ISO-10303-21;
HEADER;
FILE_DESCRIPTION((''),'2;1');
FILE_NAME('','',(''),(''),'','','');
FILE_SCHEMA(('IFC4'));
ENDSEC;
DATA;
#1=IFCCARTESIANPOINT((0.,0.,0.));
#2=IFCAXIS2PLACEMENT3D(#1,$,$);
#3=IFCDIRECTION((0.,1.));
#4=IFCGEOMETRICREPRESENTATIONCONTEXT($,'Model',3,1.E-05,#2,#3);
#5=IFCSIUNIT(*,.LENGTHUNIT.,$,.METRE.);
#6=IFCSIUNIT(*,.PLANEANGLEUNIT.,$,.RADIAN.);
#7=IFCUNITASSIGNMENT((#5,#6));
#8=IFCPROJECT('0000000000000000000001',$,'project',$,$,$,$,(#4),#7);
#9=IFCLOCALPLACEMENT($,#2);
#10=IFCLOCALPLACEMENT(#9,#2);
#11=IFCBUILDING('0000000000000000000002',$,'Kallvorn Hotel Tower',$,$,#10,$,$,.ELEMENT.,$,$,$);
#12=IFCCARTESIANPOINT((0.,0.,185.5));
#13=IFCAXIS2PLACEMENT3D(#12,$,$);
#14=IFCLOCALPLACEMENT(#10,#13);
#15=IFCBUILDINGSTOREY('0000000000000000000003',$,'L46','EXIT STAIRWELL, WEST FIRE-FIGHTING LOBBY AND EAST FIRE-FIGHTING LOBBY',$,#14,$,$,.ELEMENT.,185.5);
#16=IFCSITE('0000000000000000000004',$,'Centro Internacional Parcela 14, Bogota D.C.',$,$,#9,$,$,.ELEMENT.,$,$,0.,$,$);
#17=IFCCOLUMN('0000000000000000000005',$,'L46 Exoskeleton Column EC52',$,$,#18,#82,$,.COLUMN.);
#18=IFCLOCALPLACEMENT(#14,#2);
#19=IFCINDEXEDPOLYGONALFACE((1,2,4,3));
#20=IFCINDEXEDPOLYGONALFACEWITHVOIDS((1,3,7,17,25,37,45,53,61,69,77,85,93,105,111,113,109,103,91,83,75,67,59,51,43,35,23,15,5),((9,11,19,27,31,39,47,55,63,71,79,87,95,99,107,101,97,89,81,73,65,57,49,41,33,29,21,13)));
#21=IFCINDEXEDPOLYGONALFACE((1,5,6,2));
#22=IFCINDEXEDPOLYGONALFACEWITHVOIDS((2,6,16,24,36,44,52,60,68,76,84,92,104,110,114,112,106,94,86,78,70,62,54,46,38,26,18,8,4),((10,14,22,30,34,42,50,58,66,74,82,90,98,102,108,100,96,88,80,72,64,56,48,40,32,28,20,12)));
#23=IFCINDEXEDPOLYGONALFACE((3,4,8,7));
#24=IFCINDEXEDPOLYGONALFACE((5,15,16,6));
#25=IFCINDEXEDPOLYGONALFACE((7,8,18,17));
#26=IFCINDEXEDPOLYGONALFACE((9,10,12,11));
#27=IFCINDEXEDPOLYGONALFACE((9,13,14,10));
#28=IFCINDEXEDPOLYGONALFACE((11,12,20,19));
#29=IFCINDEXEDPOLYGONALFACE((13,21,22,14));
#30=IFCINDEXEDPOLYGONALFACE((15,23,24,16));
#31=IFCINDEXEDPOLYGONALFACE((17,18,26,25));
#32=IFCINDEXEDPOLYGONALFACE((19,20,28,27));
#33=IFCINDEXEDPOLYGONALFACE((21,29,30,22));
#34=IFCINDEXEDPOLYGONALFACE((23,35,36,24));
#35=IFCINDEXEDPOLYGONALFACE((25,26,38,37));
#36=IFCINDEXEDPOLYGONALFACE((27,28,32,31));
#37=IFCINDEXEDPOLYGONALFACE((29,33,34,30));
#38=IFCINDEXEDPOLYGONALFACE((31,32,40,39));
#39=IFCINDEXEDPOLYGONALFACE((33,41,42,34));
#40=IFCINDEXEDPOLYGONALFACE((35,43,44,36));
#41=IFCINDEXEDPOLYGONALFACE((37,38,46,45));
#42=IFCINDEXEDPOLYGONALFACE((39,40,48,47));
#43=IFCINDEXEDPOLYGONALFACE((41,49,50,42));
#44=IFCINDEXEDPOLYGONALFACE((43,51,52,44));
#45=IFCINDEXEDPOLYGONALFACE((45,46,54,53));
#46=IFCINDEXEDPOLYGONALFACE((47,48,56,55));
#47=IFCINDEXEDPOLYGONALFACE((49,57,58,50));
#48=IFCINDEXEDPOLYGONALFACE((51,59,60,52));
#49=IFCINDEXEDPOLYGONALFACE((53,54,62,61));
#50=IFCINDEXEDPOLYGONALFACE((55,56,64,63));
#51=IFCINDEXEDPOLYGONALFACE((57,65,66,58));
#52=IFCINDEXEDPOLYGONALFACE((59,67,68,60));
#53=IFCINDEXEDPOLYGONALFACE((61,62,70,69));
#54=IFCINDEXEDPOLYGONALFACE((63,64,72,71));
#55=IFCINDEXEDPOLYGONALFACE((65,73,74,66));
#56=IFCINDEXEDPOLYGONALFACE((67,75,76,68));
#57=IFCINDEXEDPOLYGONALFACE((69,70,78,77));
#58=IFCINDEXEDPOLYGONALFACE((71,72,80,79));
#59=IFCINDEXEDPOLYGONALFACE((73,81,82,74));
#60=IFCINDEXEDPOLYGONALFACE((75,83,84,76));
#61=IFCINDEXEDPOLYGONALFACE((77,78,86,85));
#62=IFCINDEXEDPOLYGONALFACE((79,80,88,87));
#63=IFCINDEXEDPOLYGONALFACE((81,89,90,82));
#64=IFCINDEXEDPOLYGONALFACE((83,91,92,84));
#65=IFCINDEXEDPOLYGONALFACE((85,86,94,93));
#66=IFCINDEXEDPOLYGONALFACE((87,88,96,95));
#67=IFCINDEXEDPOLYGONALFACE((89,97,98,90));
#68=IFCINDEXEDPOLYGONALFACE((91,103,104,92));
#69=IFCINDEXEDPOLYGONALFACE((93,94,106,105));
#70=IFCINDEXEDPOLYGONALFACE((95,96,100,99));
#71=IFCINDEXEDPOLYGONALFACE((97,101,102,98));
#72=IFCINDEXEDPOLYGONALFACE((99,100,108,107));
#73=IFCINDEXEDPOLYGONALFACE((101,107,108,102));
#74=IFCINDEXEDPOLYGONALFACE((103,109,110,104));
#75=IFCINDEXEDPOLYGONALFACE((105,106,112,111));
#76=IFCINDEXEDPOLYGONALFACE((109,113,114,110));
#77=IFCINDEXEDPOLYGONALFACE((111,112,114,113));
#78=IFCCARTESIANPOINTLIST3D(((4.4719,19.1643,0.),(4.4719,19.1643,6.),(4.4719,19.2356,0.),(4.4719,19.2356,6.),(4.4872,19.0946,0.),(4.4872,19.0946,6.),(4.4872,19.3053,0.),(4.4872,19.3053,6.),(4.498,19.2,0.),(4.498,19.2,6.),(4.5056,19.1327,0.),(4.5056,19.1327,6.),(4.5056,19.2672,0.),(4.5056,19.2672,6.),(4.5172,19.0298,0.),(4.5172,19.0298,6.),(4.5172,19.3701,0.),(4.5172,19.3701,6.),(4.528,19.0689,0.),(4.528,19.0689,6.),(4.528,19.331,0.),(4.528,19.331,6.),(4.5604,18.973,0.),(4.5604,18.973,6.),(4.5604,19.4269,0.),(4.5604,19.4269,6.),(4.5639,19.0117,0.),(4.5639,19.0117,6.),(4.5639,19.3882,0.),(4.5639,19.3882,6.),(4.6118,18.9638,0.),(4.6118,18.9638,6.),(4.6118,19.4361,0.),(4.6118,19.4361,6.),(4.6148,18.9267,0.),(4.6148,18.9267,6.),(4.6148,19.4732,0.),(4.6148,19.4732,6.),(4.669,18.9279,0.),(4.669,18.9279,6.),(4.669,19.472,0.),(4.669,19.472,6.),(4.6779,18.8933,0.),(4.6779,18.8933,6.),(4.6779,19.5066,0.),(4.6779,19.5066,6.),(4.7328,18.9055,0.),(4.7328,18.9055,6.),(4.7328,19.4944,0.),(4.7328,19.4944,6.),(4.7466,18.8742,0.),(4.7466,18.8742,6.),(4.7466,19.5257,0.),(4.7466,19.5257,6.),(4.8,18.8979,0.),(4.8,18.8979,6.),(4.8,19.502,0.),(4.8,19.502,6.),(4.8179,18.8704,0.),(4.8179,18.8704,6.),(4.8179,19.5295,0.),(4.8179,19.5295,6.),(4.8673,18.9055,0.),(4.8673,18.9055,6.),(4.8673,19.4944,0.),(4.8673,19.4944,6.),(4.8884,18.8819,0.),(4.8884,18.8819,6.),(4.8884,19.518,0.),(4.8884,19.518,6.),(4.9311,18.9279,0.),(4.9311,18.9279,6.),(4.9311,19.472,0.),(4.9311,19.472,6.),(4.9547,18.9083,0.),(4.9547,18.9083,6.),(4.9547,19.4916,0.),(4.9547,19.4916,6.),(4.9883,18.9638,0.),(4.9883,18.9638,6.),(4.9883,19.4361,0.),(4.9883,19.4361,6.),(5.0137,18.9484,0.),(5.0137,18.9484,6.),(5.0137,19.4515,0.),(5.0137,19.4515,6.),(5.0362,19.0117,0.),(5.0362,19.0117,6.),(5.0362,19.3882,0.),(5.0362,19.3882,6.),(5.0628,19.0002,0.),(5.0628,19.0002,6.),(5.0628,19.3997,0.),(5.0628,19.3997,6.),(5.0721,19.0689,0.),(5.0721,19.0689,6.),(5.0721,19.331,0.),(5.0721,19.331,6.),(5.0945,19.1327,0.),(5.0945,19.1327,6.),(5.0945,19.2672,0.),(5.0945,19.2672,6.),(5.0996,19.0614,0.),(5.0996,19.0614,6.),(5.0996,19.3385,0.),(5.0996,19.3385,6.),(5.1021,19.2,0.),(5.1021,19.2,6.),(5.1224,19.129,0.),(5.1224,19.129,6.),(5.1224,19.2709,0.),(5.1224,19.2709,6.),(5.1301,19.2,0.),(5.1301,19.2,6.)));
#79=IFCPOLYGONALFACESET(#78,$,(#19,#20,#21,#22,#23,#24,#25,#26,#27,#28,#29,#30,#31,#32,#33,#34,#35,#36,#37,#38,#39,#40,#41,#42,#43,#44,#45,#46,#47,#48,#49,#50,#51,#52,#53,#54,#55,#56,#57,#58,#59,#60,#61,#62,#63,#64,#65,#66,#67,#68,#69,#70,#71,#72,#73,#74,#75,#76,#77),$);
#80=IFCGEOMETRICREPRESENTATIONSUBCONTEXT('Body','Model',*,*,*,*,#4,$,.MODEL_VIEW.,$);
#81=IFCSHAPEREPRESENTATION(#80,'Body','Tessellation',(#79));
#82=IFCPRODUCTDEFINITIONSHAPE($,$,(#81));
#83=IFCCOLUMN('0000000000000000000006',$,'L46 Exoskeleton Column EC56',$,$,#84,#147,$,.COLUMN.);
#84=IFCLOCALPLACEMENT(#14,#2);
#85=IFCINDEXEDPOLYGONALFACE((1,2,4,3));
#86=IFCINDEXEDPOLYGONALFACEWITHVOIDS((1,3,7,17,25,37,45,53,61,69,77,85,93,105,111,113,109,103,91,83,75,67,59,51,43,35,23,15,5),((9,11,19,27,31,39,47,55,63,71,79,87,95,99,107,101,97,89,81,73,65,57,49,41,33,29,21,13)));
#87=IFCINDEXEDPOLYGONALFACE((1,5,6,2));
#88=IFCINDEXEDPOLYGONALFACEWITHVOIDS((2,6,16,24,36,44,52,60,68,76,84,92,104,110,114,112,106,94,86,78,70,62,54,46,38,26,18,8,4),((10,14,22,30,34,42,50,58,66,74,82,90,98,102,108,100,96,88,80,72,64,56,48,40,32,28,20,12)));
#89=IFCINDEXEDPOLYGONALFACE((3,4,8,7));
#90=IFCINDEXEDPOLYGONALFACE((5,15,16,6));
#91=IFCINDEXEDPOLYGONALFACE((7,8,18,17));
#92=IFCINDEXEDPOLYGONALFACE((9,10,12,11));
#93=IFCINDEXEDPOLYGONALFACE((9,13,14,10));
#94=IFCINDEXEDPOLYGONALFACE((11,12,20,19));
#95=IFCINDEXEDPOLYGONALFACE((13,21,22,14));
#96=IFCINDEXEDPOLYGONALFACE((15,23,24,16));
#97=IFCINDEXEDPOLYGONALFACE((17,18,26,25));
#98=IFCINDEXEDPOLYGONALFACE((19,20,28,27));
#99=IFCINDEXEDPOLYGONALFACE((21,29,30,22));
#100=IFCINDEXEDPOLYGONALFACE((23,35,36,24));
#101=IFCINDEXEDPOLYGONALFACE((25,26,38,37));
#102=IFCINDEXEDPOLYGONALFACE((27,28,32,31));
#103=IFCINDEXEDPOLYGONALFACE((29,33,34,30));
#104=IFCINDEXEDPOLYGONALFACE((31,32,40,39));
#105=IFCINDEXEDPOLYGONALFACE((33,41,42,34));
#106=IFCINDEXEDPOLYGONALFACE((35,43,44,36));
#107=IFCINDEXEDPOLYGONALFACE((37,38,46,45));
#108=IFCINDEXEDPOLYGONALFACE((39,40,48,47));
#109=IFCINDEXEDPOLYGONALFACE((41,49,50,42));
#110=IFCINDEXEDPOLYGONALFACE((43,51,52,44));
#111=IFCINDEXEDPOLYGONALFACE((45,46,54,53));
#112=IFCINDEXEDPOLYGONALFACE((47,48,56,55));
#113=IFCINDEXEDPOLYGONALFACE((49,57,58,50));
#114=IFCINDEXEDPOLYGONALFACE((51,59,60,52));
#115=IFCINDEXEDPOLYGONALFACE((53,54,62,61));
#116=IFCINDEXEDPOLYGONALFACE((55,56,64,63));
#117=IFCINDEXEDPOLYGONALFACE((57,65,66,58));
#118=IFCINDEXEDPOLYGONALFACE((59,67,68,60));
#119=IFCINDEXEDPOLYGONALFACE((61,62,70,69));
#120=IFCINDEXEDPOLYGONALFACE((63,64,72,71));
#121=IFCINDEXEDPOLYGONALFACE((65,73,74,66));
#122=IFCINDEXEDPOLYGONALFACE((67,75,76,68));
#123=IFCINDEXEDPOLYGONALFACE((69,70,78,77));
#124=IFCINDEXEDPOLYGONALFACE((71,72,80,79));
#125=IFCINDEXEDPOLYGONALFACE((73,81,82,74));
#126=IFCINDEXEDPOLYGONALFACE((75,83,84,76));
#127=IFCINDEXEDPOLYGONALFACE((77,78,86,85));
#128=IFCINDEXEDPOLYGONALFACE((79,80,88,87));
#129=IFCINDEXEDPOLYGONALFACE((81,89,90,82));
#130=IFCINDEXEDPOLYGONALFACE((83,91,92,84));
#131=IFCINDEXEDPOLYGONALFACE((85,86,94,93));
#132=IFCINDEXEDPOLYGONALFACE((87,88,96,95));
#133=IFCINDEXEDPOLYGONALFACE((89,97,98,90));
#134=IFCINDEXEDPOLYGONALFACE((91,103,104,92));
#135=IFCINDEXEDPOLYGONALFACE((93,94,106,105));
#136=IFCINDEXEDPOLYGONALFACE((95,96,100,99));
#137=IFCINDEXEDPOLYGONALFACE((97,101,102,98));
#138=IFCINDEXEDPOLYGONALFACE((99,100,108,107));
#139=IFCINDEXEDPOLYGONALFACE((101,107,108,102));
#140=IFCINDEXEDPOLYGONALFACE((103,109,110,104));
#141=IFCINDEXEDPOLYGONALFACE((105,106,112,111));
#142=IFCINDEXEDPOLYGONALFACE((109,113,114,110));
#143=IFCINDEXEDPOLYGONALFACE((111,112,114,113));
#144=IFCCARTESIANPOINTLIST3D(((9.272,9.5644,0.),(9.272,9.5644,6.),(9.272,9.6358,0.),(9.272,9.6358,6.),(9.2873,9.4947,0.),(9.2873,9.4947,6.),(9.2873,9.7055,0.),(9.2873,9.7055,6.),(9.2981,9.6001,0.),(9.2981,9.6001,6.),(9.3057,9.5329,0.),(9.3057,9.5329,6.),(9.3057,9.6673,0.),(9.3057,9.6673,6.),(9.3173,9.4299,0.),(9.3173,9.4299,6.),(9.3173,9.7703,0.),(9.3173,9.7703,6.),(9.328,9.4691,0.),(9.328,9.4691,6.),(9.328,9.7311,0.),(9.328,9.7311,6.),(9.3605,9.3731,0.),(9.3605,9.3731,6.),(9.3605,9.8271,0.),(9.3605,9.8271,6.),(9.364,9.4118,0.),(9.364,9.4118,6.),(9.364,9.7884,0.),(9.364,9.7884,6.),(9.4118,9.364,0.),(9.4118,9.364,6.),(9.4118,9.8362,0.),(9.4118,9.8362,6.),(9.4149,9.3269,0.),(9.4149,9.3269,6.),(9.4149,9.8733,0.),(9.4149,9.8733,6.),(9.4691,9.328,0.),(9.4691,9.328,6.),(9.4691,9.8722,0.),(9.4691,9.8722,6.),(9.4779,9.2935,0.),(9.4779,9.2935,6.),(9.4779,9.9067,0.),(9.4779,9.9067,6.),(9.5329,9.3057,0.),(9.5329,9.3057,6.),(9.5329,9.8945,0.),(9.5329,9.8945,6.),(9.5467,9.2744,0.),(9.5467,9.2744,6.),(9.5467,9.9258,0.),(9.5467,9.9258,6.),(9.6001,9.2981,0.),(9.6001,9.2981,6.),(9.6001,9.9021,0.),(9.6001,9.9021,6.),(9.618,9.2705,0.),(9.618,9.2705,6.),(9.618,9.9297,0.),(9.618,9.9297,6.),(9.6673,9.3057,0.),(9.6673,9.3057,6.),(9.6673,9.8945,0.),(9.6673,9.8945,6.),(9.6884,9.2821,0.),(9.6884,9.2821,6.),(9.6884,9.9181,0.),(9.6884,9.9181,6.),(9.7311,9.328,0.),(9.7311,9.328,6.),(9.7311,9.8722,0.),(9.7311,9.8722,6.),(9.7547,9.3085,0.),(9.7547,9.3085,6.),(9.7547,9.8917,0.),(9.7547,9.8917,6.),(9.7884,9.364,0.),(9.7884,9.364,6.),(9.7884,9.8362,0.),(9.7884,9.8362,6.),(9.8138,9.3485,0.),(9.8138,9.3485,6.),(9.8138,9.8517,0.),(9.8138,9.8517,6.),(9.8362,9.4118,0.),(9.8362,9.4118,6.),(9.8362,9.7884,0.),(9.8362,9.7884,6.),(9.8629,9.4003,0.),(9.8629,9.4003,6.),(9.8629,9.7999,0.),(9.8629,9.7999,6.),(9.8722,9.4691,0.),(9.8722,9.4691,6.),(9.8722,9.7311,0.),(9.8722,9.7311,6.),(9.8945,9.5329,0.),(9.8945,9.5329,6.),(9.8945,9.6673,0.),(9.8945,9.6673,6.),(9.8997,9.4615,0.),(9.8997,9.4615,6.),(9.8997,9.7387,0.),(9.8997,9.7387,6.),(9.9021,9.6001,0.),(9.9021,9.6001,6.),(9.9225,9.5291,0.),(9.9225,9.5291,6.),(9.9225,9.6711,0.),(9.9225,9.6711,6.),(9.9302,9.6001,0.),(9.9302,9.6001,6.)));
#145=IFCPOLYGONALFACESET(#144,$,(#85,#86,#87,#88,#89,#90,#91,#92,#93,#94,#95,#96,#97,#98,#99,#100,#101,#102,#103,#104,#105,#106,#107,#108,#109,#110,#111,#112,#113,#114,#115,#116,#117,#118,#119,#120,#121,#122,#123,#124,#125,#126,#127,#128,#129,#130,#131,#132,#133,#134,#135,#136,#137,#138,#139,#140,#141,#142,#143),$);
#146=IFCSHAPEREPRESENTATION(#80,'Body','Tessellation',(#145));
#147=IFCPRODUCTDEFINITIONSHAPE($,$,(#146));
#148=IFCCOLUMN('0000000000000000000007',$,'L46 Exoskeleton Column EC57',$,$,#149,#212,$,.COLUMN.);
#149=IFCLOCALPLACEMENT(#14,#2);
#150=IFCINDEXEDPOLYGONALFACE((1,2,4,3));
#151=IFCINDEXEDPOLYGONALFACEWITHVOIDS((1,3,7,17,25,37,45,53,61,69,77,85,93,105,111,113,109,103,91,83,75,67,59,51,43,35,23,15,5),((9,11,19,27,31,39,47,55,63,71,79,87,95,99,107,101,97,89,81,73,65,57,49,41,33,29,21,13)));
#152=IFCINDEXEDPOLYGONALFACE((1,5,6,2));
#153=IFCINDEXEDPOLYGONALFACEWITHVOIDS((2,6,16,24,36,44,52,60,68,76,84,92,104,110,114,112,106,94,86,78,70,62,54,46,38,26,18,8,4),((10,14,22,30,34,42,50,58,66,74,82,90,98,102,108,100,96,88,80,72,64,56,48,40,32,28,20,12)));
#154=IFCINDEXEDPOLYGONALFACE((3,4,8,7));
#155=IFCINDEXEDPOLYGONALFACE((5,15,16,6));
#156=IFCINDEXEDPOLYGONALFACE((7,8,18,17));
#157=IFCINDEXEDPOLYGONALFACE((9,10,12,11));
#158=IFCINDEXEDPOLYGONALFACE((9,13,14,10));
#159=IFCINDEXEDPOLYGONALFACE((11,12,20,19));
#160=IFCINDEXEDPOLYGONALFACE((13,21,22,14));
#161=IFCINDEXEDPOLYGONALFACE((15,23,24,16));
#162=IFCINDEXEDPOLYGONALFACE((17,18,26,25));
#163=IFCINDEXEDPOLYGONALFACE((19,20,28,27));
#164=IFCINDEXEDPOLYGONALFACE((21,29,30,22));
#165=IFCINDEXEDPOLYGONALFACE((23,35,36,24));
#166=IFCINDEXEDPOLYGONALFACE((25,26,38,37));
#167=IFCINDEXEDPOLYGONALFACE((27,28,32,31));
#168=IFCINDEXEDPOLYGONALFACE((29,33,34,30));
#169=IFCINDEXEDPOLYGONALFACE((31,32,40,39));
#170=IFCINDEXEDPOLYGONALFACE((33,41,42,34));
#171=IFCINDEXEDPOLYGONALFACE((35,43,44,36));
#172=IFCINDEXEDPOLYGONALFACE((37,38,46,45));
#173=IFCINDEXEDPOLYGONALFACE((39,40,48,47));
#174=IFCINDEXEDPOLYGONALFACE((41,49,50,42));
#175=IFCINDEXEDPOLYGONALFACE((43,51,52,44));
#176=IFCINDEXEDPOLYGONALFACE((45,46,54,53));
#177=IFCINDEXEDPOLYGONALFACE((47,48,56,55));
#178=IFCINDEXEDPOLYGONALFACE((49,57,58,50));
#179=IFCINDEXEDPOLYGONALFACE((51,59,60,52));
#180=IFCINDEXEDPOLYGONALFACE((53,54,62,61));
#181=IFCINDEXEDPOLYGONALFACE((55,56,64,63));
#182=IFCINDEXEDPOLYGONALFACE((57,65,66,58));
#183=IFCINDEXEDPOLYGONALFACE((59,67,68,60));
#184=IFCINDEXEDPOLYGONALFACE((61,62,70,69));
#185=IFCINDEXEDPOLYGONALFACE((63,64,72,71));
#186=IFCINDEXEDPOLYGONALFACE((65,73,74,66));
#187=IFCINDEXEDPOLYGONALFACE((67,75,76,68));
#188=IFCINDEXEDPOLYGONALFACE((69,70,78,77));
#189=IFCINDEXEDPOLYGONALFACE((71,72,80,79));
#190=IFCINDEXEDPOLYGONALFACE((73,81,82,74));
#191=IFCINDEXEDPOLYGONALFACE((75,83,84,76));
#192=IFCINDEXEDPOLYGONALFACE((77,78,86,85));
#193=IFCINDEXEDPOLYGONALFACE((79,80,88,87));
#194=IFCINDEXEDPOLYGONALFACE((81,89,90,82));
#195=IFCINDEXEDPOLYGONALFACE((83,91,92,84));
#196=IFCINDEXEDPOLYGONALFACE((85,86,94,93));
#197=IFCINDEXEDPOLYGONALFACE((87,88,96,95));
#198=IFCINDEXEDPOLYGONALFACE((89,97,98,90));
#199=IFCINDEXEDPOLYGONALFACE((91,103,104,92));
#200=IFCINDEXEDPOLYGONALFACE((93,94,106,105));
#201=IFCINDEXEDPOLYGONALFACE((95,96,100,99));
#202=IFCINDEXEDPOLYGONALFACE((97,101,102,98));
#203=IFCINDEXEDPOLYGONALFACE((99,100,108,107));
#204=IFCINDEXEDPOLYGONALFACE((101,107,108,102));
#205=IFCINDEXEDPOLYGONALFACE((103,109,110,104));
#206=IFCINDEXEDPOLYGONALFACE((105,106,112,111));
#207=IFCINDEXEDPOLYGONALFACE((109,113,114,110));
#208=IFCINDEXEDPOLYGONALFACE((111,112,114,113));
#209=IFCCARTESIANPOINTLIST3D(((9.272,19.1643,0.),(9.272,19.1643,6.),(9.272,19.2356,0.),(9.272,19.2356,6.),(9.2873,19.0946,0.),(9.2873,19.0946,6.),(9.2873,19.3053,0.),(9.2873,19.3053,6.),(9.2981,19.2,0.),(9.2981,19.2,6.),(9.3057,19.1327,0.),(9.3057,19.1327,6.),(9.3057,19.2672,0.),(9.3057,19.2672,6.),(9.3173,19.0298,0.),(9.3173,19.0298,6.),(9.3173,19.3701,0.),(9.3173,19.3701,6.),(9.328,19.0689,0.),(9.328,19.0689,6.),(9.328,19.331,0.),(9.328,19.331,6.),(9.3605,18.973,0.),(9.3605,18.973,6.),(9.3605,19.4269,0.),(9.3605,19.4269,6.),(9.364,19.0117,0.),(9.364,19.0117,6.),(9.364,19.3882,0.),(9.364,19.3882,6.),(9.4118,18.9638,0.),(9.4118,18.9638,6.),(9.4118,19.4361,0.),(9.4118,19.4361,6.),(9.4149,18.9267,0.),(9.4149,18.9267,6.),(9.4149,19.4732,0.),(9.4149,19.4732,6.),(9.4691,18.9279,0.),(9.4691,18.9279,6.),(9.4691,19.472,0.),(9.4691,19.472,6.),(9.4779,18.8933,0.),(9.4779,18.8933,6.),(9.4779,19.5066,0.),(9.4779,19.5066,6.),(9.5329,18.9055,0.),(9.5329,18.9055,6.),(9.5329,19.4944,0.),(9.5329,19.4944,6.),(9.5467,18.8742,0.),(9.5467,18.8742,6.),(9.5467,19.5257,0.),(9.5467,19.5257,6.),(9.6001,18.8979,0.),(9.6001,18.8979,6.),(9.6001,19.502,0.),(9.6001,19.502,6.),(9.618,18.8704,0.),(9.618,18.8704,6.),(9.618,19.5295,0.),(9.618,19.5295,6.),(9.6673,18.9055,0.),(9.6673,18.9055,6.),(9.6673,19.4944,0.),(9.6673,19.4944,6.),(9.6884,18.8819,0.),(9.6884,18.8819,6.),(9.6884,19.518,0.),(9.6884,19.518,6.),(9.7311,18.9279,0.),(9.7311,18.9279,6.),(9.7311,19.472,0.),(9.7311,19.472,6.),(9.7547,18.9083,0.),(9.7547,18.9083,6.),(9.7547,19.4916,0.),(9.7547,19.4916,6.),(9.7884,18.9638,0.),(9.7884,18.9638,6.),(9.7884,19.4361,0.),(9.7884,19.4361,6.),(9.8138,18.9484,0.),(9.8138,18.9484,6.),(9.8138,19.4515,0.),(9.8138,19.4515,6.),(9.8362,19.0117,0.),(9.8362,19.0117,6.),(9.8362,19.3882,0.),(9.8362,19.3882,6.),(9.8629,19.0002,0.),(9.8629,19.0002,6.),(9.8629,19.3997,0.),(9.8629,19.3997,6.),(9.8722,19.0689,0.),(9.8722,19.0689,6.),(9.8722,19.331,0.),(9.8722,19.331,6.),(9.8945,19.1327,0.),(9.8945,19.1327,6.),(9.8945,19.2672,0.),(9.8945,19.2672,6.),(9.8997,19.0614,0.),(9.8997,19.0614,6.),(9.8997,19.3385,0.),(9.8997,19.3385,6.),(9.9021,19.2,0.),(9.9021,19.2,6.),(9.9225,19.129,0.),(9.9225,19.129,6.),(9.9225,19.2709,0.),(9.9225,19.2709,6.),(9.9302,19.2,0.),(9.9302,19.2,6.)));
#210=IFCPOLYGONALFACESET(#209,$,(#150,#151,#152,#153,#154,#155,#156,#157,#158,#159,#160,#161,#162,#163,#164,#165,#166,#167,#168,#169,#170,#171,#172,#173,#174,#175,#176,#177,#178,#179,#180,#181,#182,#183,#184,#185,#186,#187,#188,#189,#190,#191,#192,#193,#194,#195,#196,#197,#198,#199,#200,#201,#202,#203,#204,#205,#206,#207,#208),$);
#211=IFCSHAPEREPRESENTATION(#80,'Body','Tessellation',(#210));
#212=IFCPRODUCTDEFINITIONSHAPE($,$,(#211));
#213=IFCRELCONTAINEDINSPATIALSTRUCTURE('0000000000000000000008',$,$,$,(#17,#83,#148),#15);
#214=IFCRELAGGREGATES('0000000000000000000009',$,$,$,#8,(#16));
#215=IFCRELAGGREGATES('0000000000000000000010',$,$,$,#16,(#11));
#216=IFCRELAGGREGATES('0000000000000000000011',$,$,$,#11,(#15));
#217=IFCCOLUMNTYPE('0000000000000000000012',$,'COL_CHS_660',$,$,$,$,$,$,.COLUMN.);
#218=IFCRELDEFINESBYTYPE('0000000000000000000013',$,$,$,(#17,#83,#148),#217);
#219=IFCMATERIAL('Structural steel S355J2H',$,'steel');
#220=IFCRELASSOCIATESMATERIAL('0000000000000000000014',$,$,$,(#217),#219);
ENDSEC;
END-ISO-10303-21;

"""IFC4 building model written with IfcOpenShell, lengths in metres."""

from ifc_helpers import new_model, si_unit, direction, frame, origin, origin_2d, place, context, subcontext, project, spatial, hollow_circle, extrude, material, material_profile, profile_set, type_object, element, save


model = new_model("IFC4")

# Units and contexts
model_context = context("Model", 3, precision=1e-05, world=origin(), true_north=direction((0.0, 1.0)))
body_context = subcontext(model_context, "Body", "Model", "MODEL_VIEW")
ifc_project = project(units=[si_unit("LENGTHUNIT", "METRE"), si_unit("PLANEANGLEUNIT", "RADIAN")], contexts=[model_context])

# Site, building, storey
site_placement = place(None, origin())
site = spatial("IfcSite", under=ifc_project, at=site_placement, Name="Centro Internacional Parcela 14, Bogota D.C.", CompositionType="ELEMENT", RefElevation=0.0)
building_placement = place(site_placement, origin())
building = spatial("IfcBuilding", under=site, at=building_placement, Name="Kallvorn Hotel Tower", CompositionType="ELEMENT")
storey_placement = place(building_placement, frame((0.0, 0.0, 185.5)))
storey = spatial("IfcBuildingStorey", under=building, at=storey_placement, Name="L46", Description="EXIT STAIRWELL, WEST FIRE-FIGHTING LOBBY AND EAST FIRE-FIGHTING LOBBY", CompositionType="ELEMENT", Elevation=185.5)

# Columns
ifc_material_1 = material(Name="Structural steel S355J2H", Category="steel")
ifc_material_profile_1 = material_profile(ifc_material_1, hollow_circle(Radius=0.3301, WallThickness=0.0281, at=origin_2d()), Name="CHS 660x28")
ifc_profile_set_1 = profile_set([ifc_material_profile_1], Name="Structural steel S355J2H")
column_type_1 = type_object("IfcColumnType", Name="COL_CHS_660", PredefinedType="COLUMN", material=ifc_profile_set_1)
for number, where, z_axis, x_axis, name in (
    (1, (4.8, 19.2, 0.0), (0.0, 0.0, 1.0), (1.0, 0.0, 0.0), "L46 Exoskeleton Column EC52"),
    (2, (9.6001, 9.6001, 0.0), (0.0, 0.0, 1.0), (1.0, 0.0, 0.0), "L46 Exoskeleton Column EC56"),
    (3, (9.6001, 19.2, 0.0), (0.0, 0.0, 1.0), (1.0, 0.0, 0.0), "L46 Exoskeleton Column EC57"),
):
    element("IfcColumn", number, at=place(storey_placement, frame(where, z_axis=z_axis, x_axis=x_axis)), inside=storey, type_object=column_type_1, Name=name, PredefinedType="COLUMN", context=body_context, shape_type="SweptSolid", body=[
        extrude(hollow_circle(Radius=0.3301, WallThickness=0.0281, at=origin_2d()), origin(), (0.0, 0.0, 1.0), 6.0),
    ])

save(model, "model.ifc")
